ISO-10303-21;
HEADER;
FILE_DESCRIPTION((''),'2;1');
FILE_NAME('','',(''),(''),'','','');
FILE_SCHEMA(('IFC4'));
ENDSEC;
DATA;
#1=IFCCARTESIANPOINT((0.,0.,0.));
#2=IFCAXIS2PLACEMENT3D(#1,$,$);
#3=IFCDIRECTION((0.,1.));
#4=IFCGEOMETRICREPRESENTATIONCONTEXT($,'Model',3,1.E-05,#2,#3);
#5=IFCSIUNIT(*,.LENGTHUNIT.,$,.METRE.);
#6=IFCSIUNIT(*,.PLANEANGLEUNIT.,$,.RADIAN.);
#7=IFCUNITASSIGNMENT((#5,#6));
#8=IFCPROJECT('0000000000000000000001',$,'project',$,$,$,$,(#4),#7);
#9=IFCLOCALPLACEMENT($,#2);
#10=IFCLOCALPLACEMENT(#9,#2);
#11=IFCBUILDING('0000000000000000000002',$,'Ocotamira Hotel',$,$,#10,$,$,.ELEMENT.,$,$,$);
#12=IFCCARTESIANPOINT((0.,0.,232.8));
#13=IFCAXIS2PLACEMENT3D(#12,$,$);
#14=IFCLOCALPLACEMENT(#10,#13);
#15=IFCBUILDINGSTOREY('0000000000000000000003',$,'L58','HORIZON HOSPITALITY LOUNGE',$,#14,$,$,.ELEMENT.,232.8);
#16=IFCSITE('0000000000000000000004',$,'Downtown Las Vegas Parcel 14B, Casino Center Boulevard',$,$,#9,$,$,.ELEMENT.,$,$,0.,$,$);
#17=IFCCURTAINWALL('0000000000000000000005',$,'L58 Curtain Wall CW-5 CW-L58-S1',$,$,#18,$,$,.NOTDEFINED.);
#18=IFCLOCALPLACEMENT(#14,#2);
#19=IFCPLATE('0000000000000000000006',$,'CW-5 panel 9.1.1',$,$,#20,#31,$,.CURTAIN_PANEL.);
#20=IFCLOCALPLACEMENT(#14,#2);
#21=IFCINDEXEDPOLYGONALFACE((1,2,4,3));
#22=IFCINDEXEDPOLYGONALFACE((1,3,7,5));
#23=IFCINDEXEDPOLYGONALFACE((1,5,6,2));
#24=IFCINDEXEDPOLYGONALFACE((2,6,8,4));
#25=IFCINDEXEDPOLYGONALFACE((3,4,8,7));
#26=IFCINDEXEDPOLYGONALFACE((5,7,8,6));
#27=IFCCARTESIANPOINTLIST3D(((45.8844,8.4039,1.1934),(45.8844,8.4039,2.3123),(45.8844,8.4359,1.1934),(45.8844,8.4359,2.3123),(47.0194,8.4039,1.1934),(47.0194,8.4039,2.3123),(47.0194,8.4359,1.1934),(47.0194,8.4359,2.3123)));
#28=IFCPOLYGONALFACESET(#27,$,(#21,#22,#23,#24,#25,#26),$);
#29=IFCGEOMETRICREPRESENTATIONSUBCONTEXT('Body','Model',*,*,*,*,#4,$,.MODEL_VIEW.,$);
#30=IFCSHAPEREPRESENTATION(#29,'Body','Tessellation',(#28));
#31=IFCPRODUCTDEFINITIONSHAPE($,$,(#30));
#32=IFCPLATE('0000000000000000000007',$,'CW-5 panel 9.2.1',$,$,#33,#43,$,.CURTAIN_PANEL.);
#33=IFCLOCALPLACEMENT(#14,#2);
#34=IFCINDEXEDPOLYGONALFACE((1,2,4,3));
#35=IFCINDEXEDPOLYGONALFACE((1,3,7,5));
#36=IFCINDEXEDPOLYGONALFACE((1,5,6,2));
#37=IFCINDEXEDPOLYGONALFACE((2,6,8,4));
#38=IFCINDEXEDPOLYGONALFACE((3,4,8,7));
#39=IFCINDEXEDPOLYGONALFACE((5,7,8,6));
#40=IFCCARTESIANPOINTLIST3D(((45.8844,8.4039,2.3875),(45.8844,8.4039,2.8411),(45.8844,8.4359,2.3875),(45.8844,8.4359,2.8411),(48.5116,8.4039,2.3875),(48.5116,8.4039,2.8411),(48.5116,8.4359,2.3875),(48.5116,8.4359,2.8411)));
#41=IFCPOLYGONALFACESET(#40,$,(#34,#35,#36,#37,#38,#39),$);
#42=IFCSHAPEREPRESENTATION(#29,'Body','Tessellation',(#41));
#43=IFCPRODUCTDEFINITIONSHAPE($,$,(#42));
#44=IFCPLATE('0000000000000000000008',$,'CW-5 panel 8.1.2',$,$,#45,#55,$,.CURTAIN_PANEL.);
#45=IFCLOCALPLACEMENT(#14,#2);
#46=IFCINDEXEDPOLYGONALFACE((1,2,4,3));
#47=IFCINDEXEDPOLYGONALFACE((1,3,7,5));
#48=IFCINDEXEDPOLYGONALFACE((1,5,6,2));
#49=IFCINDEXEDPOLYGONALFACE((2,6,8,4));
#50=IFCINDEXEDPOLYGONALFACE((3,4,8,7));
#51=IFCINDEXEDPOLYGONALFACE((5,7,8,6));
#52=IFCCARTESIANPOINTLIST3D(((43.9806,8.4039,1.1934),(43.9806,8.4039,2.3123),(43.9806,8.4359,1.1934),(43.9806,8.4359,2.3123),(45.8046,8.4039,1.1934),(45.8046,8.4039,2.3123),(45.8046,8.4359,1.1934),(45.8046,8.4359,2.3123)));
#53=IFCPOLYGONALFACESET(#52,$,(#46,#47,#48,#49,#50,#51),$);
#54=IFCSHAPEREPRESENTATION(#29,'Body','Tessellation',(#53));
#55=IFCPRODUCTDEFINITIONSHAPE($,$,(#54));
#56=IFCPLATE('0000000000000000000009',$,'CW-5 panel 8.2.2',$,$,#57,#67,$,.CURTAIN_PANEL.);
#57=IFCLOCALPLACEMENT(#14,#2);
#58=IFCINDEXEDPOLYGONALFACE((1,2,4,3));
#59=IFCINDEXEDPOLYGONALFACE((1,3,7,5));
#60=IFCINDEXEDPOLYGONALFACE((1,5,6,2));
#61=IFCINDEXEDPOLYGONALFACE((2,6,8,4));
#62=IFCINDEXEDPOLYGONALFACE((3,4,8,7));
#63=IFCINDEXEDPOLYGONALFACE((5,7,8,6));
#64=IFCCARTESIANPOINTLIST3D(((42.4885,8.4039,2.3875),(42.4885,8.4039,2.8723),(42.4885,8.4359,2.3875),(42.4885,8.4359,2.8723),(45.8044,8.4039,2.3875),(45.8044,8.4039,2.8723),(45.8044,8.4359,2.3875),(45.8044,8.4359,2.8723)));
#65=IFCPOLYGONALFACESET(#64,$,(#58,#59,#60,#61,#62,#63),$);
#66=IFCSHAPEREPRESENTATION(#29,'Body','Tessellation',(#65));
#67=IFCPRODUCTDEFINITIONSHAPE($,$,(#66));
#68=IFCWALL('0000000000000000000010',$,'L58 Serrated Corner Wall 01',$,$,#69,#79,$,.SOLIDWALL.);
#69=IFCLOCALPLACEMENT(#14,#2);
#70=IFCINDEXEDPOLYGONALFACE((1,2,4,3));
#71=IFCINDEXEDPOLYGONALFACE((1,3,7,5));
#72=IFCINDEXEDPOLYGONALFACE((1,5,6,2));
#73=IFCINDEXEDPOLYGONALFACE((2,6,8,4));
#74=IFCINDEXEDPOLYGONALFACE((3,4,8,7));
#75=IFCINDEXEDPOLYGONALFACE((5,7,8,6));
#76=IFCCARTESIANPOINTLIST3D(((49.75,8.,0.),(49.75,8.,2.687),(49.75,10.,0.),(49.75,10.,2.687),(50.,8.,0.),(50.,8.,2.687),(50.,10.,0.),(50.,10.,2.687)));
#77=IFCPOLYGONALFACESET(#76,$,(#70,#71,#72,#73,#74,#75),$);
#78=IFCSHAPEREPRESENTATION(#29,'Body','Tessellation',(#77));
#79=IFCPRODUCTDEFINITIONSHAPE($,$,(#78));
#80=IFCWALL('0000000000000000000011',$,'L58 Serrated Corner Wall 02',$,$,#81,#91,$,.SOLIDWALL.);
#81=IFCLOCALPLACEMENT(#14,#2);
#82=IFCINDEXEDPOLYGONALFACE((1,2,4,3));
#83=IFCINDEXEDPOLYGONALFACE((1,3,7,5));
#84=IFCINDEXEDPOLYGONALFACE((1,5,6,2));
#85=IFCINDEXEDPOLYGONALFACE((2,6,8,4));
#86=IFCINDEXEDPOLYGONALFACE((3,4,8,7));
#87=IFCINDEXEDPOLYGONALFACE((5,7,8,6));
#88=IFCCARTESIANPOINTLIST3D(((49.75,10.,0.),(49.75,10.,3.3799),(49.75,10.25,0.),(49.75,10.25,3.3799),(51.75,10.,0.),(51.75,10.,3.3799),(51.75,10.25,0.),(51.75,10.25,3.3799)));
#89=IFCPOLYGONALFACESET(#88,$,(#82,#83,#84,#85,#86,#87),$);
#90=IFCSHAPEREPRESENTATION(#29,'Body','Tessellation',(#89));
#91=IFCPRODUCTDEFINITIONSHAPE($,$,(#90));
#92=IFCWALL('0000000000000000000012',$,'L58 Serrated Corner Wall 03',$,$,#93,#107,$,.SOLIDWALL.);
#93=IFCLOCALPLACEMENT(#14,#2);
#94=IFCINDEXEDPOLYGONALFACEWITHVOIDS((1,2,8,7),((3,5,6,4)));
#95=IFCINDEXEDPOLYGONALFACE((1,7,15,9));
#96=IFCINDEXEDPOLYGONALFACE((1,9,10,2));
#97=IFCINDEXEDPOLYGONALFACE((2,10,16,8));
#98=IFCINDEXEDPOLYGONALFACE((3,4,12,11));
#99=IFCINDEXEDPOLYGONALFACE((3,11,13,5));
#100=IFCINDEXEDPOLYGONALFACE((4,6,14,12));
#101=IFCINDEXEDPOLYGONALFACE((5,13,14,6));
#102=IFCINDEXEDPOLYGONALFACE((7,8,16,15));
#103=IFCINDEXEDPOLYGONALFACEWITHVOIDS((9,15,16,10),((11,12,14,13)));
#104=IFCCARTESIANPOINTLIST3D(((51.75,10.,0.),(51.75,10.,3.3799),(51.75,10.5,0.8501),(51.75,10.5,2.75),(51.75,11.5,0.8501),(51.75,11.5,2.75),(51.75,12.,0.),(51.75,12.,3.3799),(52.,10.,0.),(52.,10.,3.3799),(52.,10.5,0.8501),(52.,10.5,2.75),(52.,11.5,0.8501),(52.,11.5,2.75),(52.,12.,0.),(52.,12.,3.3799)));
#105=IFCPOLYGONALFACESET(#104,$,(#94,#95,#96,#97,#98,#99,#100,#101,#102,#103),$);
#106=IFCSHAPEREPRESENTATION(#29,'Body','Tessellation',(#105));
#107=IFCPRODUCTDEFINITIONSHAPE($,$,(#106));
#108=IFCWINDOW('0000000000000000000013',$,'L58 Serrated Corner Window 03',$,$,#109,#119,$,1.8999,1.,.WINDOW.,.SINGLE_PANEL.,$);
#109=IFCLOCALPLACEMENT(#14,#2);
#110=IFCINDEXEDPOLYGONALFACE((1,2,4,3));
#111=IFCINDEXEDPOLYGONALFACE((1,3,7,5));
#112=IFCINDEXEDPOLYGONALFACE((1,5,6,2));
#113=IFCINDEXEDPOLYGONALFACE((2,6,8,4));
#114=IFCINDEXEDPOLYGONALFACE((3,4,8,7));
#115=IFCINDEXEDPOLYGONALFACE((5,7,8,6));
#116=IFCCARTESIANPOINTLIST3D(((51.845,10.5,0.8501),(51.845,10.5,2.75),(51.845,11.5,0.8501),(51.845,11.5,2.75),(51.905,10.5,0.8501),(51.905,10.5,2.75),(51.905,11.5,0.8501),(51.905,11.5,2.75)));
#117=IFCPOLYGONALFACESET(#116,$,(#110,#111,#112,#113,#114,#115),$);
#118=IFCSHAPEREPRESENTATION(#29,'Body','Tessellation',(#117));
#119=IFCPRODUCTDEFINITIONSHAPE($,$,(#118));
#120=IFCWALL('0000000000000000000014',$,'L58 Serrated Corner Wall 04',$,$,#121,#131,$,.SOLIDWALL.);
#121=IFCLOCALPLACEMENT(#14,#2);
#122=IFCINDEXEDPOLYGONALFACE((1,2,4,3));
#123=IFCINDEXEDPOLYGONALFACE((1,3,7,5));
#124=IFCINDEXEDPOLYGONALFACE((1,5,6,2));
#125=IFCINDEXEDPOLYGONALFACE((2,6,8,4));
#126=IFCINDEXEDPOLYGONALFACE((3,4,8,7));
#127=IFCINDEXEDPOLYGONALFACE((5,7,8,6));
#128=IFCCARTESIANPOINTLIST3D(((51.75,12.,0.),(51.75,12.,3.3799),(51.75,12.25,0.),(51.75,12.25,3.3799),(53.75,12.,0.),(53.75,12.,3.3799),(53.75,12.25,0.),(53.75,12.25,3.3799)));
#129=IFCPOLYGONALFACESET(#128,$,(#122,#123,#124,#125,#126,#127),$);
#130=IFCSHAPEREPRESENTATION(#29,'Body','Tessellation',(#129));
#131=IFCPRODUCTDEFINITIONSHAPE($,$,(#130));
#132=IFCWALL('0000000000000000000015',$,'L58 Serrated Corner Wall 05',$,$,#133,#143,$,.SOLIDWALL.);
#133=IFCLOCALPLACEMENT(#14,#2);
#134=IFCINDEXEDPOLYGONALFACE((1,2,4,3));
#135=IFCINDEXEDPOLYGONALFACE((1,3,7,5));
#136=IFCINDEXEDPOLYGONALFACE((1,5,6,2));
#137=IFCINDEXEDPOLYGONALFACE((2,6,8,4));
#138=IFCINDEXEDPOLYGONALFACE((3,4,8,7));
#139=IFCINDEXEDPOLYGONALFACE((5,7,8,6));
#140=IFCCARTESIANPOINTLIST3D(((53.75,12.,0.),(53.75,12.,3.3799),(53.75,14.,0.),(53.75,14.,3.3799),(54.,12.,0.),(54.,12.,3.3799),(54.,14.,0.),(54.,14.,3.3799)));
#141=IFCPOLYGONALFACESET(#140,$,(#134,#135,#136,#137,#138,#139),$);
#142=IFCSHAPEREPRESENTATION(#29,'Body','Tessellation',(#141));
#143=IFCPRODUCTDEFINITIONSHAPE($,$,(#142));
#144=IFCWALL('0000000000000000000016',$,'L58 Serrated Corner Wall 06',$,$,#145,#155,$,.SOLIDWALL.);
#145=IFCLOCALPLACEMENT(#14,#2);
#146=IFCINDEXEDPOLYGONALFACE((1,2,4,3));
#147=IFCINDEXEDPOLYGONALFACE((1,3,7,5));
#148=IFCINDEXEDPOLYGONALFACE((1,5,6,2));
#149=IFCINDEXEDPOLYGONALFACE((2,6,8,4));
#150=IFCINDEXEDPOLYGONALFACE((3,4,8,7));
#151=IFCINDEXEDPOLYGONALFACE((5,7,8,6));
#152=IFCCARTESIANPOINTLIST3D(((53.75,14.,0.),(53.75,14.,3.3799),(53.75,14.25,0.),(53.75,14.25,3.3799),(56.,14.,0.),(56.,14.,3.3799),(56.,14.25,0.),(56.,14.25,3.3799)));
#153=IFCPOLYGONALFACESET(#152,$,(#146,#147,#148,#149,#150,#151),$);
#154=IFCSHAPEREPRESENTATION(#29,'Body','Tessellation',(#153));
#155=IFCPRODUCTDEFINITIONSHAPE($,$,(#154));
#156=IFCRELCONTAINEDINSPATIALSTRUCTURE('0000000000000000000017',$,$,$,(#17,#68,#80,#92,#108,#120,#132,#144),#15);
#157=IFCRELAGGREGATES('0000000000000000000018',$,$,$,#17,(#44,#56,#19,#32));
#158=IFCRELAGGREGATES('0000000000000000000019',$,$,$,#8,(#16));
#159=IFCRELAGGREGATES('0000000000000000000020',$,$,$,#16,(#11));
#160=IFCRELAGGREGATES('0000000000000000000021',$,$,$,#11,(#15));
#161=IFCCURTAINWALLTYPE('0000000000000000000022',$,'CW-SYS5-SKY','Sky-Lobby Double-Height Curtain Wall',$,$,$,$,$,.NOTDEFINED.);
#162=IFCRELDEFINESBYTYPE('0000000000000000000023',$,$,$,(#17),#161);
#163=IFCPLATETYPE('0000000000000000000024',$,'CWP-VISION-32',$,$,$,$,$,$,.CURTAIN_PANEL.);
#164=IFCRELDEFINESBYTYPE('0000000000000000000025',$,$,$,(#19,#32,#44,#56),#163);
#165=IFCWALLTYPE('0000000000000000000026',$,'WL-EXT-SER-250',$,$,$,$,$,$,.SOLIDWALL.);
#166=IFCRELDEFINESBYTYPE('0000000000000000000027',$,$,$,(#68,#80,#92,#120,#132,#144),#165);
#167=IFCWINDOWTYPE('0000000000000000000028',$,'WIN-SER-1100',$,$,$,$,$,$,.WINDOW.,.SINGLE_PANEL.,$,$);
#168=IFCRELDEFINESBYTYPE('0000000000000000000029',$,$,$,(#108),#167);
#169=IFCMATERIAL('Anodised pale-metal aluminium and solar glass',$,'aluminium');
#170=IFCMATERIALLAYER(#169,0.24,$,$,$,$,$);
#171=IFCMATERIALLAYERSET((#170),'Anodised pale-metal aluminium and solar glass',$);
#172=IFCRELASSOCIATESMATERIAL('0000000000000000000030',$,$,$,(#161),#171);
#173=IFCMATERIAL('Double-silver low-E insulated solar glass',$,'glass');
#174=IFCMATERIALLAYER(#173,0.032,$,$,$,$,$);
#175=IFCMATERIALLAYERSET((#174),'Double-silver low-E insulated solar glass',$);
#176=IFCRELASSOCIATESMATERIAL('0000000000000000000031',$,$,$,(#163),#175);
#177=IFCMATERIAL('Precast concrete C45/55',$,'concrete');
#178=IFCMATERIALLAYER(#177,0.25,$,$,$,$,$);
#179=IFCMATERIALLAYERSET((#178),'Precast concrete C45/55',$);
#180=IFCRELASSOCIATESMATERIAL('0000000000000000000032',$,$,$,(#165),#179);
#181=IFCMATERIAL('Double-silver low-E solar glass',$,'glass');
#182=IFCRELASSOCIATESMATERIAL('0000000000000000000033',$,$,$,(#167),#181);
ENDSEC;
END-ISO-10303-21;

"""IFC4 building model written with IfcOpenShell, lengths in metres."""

from ifc_helpers import new_model, si_unit, direction, frame, frame_2d, origin, origin_2d, place, context, subcontext, project, spatial, rectangle, extrude, source, transform, mapped, material, layer, layer_set, type_object, element, fill, aggregate, save


model = new_model("IFC4")

# Units and contexts
model_context = context("Model", 3, precision=1e-05, world=origin(), true_north=direction((0.0, 1.0)))
body_context = subcontext(model_context, "Body", "Model", "MODEL_VIEW")
ifc_project = project(units=[si_unit("LENGTHUNIT", "METRE"), si_unit("PLANEANGLEUNIT", "RADIAN")], contexts=[model_context])

# Site, building, storey
site_placement = place(None, origin())
site = spatial("IfcSite", under=ifc_project, at=site_placement, Name="Downtown Las Vegas Parcel 14B, Casino Center Boulevard", CompositionType="ELEMENT", RefElevation=0.0)
building_placement = place(site_placement, origin())
building = spatial("IfcBuilding", under=site, at=building_placement, Name="Ocotamira Hotel", CompositionType="ELEMENT")
storey_placement = place(building_placement, frame((0.0, 0.0, 232.8)))
storey = spatial("IfcBuildingStorey", under=building, at=storey_placement, Name="L58", Description="HORIZON HOSPITALITY LOUNGE", CompositionType="ELEMENT", Elevation=232.8)

# Curtain wall
ifc_material_1 = material(Name="Anodised pale-metal aluminium and solar glass", Category="aluminium")
ifc_layer_1 = layer(ifc_material_1, 0.24)
ifc_layer_set_1 = layer_set([ifc_layer_1], Name="Anodised pale-metal aluminium and solar glass")
curtain_wall_type = type_object("IfcCurtainWallType", Name="CW-SYS5-SKY", Description="Sky-Lobby Double-Height Curtain Wall", PredefinedType="NOTDEFINED", material=ifc_layer_set_1)
curtain_wall_1_placement = place(storey_placement, origin())
curtain_wall_1 = element("IfcCurtainWall", 1, at=curtain_wall_1_placement, inside=storey, type_object=curtain_wall_type, Name="L58 Curtain Wall CW-5 CW-L58-S1", PredefinedType="NOTDEFINED")

# Plates
ifc_material_2 = material(Name="Double-silver low-E insulated solar glass", Category="glass")
ifc_layer_2 = layer(ifc_material_2, 0.032)
ifc_layer_set_2 = layer_set([ifc_layer_2], Name="Double-silver low-E insulated solar glass")
plate_type_1 = type_object("IfcPlateType", Name="CWP-VISION-32", PredefinedType="CURTAIN_PANEL", material=ifc_layer_set_2)
shared_shape_1 = source(origin(), body_context, "Body", "SweptSolid", [
    extrude(rectangle(XDim=1.135, YDim=0.032, at=origin_2d()), origin(), (0.0, 0.0, 1.0), 1.1189),
])
plate_1_placement = place(storey_placement, frame((46.4519, 8.4199, 1.1934), z_axis=(0.0, 0.0, 1.0), x_axis=(1.0, 0.0, 0.0)))
plate_1 = element("IfcPlate", 2, at=plate_1_placement, type_object=plate_type_1, Name="CW-5 panel 9.1.1", PredefinedType="CURTAIN_PANEL", context=body_context, shape_type="MappedRepresentation", body=[
    mapped(shared_shape_1, transform((0.0, 0.0, 0.0), scale=1.0)),
])
shared_shape_2 = source(origin(), body_context, "Body", "SweptSolid", [
    extrude(rectangle(XDim=2.6272, YDim=0.032, at=origin_2d()), origin(), (0.0, 0.0, 1.0), 0.4536),
])
plate_2_placement = place(storey_placement, frame((47.198, 8.4199, 2.3875), z_axis=(0.0, 0.0, 1.0), x_axis=(1.0, 0.0, 0.0)))
plate_2 = element("IfcPlate", 3, at=plate_2_placement, type_object=plate_type_1, Name="CW-5 panel 9.2.1", PredefinedType="CURTAIN_PANEL", context=body_context, shape_type="MappedRepresentation", body=[
    mapped(shared_shape_2, transform((0.0, 0.0, 0.0), scale=1.0)),
])
shared_shape_3 = source(origin(), body_context, "Body", "SweptSolid", [
    extrude(rectangle(XDim=1.824, YDim=0.032, at=origin_2d()), origin(), (0.0, 0.0, 1.0), 1.1189),
])
plate_3_placement = place(storey_placement, frame((44.8926, 8.4199, 1.1934), z_axis=(0.0, 0.0, 1.0), x_axis=(1.0, 0.0, 0.0)))
plate_3 = element("IfcPlate", 4, at=plate_3_placement, type_object=plate_type_1, Name="CW-5 panel 8.1.2", PredefinedType="CURTAIN_PANEL", context=body_context, shape_type="MappedRepresentation", body=[
    mapped(shared_shape_3, transform((0.0, 0.0, 0.0), scale=1.0)),
])
shared_shape_4 = source(origin(), body_context, "Body", "SweptSolid", [
    extrude(rectangle(XDim=3.3159, YDim=0.032, at=origin_2d()), origin(), (0.0, 0.0, 1.0), 0.4849),
])
plate_4_placement = place(storey_placement, frame((44.1465, 8.4199, 2.3875), z_axis=(0.0, 0.0, 1.0), x_axis=(1.0, 0.0, 0.0)))
plate_4 = element("IfcPlate", 5, at=plate_4_placement, type_object=plate_type_1, Name="CW-5 panel 8.2.2", PredefinedType="CURTAIN_PANEL", context=body_context, shape_type="MappedRepresentation", body=[
    mapped(shared_shape_4, transform((0.0, 0.0, 0.0), scale=1.0)),
])
aggregate(curtain_wall_1, [plate_3, plate_4, plate_1, plate_2])

# Walls
ifc_material_3 = material(Name="Precast concrete C45/55", Category="concrete")
ifc_layer_3 = layer(ifc_material_3, 0.25)
ifc_layer_set_3 = layer_set([ifc_layer_3], Name="Precast concrete C45/55")
wall_type_1 = type_object("IfcWallType", Name="WL-EXT-SER-250", PredefinedType="SOLIDWALL", material=ifc_layer_set_3)
wall_1_placement = place(storey_placement, frame((49.875, 8.0, 0.0), z_axis=(0.0, 0.0, 1.0), x_axis=(0.0, 1.0, 0.0)))
element("IfcWall", 6, at=wall_1_placement, inside=storey, type_object=wall_type_1, Name="L58 Serrated Corner Wall 01", PredefinedType="SOLIDWALL", context=body_context, shape_type="SweptSolid", body=[
    extrude(rectangle(XDim=2.0, YDim=0.25, at=frame_2d((1.0, 0.0))), origin(), (0.0, 0.0, 1.0), 2.687),
])
wall_2_placement = place(storey_placement, frame((49.75, 10.125, 0.0), z_axis=(0.0, 0.0, 1.0), x_axis=(1.0, 0.0, 0.0)))
element("IfcWall", 7, at=wall_2_placement, inside=storey, type_object=wall_type_1, Name="L58 Serrated Corner Wall 02", PredefinedType="SOLIDWALL", context=body_context, shape_type="SweptSolid", body=[
    extrude(rectangle(XDim=2.0, YDim=0.25, at=frame_2d((1.0, 0.0))), origin(), (0.0, 0.0, 1.0), 3.3799),
])

# Wall, opening, window
wall_3_placement = place(storey_placement, frame((51.875, 10.0, 0.0), z_axis=(0.0, 0.0, 1.0), x_axis=(0.0, 1.0, 0.0)))
wall_3 = element("IfcWall", 8, at=wall_3_placement, inside=storey, type_object=wall_type_1, Name="L58 Serrated Corner Wall 03", PredefinedType="SOLIDWALL", context=body_context, shape_type="SweptSolid", body=[
    extrude(rectangle(XDim=2.0, YDim=0.25, at=frame_2d((1.0, 0.0))), origin(), (0.0, 0.0, 1.0), 3.3799),
])
opening_1_placement = place(wall_3_placement, frame((0.5, 0.0, 0.8501)))
opening_1 = element("IfcOpeningElement", 9, at=opening_1_placement, cuts=wall_3, PredefinedType="OPENING", context=body_context, shape_type="SweptSolid", body=[
    extrude(rectangle(XDim=1.0, YDim=1.8999, at=frame_2d((0.5, 0.95))), frame((0.0, 0.135, 0.0), z_axis=(0.0, -1.0, 0.0), x_axis=(1.0, 0.0, 0.0)), (0.0, 0.0, 1.0), 0.27),
])
ifc_material_4 = material(Name="Double-silver low-E solar glass", Category="glass")
window_type = type_object("IfcWindowType", Name="WIN-SER-1100", PartitioningType="SINGLE_PANEL", PredefinedType="WINDOW", material=ifc_material_4)
shared_shape_5 = source(origin(), body_context, "Body", "SweptSolid", [
    extrude(rectangle(XDim=1.0, YDim=1.8999, at=frame_2d((0.5, 0.95))), frame((0.0, 0.03, 0.0), z_axis=(0.0, -1.0, 0.0), x_axis=(1.0, 0.0, 0.0)), (0.0, 0.0, 1.0), 0.0601),
])
window_placement = place(opening_1_placement, origin())
window = element("IfcWindow", 10, at=window_placement, inside=storey, type_object=window_type, Name="L58 Serrated Corner Window 03", OverallHeight=1.8999, OverallWidth=1.0, PartitioningType="SINGLE_PANEL", PredefinedType="WINDOW", context=body_context, shape_type="MappedRepresentation", body=[
    mapped(shared_shape_5, transform((0.0, 0.0, 0.0), scale=1.0)),
])
fill(opening_1, window)

# Walls
for number, where, z_axis, x_axis, name in (
    (11, (51.75, 12.125, 0.0), (0.0, 0.0, 1.0), (1.0, 0.0, 0.0), "L58 Serrated Corner Wall 04"),
    (12, (53.875, 12.0, 0.0), (0.0, 0.0, 1.0), (0.0, 1.0, 0.0), "L58 Serrated Corner Wall 05"),
):
    element("IfcWall", number, at=place(storey_placement, frame(where, z_axis=z_axis, x_axis=x_axis)), inside=storey, type_object=wall_type_1, Name=name, PredefinedType="SOLIDWALL", context=body_context, shape_type="SweptSolid", body=[
        extrude(rectangle(XDim=2.0, YDim=0.25, at=frame_2d((1.0, 0.0))), origin(), (0.0, 0.0, 1.0), 3.3799),
    ])
wall_4_placement = place(storey_placement, frame((53.75, 14.125, 0.0), z_axis=(0.0, 0.0, 1.0), x_axis=(1.0, 0.0, 0.0)))
element("IfcWall", 13, at=wall_4_placement, inside=storey, type_object=wall_type_1, Name="L58 Serrated Corner Wall 06", PredefinedType="SOLIDWALL", context=body_context, shape_type="SweptSolid", body=[
    extrude(rectangle(XDim=2.25, YDim=0.25, at=frame_2d((1.125, 0.0))), origin(), (0.0, 0.0, 1.0), 3.3799),
])

save(model, "model.ifc")
